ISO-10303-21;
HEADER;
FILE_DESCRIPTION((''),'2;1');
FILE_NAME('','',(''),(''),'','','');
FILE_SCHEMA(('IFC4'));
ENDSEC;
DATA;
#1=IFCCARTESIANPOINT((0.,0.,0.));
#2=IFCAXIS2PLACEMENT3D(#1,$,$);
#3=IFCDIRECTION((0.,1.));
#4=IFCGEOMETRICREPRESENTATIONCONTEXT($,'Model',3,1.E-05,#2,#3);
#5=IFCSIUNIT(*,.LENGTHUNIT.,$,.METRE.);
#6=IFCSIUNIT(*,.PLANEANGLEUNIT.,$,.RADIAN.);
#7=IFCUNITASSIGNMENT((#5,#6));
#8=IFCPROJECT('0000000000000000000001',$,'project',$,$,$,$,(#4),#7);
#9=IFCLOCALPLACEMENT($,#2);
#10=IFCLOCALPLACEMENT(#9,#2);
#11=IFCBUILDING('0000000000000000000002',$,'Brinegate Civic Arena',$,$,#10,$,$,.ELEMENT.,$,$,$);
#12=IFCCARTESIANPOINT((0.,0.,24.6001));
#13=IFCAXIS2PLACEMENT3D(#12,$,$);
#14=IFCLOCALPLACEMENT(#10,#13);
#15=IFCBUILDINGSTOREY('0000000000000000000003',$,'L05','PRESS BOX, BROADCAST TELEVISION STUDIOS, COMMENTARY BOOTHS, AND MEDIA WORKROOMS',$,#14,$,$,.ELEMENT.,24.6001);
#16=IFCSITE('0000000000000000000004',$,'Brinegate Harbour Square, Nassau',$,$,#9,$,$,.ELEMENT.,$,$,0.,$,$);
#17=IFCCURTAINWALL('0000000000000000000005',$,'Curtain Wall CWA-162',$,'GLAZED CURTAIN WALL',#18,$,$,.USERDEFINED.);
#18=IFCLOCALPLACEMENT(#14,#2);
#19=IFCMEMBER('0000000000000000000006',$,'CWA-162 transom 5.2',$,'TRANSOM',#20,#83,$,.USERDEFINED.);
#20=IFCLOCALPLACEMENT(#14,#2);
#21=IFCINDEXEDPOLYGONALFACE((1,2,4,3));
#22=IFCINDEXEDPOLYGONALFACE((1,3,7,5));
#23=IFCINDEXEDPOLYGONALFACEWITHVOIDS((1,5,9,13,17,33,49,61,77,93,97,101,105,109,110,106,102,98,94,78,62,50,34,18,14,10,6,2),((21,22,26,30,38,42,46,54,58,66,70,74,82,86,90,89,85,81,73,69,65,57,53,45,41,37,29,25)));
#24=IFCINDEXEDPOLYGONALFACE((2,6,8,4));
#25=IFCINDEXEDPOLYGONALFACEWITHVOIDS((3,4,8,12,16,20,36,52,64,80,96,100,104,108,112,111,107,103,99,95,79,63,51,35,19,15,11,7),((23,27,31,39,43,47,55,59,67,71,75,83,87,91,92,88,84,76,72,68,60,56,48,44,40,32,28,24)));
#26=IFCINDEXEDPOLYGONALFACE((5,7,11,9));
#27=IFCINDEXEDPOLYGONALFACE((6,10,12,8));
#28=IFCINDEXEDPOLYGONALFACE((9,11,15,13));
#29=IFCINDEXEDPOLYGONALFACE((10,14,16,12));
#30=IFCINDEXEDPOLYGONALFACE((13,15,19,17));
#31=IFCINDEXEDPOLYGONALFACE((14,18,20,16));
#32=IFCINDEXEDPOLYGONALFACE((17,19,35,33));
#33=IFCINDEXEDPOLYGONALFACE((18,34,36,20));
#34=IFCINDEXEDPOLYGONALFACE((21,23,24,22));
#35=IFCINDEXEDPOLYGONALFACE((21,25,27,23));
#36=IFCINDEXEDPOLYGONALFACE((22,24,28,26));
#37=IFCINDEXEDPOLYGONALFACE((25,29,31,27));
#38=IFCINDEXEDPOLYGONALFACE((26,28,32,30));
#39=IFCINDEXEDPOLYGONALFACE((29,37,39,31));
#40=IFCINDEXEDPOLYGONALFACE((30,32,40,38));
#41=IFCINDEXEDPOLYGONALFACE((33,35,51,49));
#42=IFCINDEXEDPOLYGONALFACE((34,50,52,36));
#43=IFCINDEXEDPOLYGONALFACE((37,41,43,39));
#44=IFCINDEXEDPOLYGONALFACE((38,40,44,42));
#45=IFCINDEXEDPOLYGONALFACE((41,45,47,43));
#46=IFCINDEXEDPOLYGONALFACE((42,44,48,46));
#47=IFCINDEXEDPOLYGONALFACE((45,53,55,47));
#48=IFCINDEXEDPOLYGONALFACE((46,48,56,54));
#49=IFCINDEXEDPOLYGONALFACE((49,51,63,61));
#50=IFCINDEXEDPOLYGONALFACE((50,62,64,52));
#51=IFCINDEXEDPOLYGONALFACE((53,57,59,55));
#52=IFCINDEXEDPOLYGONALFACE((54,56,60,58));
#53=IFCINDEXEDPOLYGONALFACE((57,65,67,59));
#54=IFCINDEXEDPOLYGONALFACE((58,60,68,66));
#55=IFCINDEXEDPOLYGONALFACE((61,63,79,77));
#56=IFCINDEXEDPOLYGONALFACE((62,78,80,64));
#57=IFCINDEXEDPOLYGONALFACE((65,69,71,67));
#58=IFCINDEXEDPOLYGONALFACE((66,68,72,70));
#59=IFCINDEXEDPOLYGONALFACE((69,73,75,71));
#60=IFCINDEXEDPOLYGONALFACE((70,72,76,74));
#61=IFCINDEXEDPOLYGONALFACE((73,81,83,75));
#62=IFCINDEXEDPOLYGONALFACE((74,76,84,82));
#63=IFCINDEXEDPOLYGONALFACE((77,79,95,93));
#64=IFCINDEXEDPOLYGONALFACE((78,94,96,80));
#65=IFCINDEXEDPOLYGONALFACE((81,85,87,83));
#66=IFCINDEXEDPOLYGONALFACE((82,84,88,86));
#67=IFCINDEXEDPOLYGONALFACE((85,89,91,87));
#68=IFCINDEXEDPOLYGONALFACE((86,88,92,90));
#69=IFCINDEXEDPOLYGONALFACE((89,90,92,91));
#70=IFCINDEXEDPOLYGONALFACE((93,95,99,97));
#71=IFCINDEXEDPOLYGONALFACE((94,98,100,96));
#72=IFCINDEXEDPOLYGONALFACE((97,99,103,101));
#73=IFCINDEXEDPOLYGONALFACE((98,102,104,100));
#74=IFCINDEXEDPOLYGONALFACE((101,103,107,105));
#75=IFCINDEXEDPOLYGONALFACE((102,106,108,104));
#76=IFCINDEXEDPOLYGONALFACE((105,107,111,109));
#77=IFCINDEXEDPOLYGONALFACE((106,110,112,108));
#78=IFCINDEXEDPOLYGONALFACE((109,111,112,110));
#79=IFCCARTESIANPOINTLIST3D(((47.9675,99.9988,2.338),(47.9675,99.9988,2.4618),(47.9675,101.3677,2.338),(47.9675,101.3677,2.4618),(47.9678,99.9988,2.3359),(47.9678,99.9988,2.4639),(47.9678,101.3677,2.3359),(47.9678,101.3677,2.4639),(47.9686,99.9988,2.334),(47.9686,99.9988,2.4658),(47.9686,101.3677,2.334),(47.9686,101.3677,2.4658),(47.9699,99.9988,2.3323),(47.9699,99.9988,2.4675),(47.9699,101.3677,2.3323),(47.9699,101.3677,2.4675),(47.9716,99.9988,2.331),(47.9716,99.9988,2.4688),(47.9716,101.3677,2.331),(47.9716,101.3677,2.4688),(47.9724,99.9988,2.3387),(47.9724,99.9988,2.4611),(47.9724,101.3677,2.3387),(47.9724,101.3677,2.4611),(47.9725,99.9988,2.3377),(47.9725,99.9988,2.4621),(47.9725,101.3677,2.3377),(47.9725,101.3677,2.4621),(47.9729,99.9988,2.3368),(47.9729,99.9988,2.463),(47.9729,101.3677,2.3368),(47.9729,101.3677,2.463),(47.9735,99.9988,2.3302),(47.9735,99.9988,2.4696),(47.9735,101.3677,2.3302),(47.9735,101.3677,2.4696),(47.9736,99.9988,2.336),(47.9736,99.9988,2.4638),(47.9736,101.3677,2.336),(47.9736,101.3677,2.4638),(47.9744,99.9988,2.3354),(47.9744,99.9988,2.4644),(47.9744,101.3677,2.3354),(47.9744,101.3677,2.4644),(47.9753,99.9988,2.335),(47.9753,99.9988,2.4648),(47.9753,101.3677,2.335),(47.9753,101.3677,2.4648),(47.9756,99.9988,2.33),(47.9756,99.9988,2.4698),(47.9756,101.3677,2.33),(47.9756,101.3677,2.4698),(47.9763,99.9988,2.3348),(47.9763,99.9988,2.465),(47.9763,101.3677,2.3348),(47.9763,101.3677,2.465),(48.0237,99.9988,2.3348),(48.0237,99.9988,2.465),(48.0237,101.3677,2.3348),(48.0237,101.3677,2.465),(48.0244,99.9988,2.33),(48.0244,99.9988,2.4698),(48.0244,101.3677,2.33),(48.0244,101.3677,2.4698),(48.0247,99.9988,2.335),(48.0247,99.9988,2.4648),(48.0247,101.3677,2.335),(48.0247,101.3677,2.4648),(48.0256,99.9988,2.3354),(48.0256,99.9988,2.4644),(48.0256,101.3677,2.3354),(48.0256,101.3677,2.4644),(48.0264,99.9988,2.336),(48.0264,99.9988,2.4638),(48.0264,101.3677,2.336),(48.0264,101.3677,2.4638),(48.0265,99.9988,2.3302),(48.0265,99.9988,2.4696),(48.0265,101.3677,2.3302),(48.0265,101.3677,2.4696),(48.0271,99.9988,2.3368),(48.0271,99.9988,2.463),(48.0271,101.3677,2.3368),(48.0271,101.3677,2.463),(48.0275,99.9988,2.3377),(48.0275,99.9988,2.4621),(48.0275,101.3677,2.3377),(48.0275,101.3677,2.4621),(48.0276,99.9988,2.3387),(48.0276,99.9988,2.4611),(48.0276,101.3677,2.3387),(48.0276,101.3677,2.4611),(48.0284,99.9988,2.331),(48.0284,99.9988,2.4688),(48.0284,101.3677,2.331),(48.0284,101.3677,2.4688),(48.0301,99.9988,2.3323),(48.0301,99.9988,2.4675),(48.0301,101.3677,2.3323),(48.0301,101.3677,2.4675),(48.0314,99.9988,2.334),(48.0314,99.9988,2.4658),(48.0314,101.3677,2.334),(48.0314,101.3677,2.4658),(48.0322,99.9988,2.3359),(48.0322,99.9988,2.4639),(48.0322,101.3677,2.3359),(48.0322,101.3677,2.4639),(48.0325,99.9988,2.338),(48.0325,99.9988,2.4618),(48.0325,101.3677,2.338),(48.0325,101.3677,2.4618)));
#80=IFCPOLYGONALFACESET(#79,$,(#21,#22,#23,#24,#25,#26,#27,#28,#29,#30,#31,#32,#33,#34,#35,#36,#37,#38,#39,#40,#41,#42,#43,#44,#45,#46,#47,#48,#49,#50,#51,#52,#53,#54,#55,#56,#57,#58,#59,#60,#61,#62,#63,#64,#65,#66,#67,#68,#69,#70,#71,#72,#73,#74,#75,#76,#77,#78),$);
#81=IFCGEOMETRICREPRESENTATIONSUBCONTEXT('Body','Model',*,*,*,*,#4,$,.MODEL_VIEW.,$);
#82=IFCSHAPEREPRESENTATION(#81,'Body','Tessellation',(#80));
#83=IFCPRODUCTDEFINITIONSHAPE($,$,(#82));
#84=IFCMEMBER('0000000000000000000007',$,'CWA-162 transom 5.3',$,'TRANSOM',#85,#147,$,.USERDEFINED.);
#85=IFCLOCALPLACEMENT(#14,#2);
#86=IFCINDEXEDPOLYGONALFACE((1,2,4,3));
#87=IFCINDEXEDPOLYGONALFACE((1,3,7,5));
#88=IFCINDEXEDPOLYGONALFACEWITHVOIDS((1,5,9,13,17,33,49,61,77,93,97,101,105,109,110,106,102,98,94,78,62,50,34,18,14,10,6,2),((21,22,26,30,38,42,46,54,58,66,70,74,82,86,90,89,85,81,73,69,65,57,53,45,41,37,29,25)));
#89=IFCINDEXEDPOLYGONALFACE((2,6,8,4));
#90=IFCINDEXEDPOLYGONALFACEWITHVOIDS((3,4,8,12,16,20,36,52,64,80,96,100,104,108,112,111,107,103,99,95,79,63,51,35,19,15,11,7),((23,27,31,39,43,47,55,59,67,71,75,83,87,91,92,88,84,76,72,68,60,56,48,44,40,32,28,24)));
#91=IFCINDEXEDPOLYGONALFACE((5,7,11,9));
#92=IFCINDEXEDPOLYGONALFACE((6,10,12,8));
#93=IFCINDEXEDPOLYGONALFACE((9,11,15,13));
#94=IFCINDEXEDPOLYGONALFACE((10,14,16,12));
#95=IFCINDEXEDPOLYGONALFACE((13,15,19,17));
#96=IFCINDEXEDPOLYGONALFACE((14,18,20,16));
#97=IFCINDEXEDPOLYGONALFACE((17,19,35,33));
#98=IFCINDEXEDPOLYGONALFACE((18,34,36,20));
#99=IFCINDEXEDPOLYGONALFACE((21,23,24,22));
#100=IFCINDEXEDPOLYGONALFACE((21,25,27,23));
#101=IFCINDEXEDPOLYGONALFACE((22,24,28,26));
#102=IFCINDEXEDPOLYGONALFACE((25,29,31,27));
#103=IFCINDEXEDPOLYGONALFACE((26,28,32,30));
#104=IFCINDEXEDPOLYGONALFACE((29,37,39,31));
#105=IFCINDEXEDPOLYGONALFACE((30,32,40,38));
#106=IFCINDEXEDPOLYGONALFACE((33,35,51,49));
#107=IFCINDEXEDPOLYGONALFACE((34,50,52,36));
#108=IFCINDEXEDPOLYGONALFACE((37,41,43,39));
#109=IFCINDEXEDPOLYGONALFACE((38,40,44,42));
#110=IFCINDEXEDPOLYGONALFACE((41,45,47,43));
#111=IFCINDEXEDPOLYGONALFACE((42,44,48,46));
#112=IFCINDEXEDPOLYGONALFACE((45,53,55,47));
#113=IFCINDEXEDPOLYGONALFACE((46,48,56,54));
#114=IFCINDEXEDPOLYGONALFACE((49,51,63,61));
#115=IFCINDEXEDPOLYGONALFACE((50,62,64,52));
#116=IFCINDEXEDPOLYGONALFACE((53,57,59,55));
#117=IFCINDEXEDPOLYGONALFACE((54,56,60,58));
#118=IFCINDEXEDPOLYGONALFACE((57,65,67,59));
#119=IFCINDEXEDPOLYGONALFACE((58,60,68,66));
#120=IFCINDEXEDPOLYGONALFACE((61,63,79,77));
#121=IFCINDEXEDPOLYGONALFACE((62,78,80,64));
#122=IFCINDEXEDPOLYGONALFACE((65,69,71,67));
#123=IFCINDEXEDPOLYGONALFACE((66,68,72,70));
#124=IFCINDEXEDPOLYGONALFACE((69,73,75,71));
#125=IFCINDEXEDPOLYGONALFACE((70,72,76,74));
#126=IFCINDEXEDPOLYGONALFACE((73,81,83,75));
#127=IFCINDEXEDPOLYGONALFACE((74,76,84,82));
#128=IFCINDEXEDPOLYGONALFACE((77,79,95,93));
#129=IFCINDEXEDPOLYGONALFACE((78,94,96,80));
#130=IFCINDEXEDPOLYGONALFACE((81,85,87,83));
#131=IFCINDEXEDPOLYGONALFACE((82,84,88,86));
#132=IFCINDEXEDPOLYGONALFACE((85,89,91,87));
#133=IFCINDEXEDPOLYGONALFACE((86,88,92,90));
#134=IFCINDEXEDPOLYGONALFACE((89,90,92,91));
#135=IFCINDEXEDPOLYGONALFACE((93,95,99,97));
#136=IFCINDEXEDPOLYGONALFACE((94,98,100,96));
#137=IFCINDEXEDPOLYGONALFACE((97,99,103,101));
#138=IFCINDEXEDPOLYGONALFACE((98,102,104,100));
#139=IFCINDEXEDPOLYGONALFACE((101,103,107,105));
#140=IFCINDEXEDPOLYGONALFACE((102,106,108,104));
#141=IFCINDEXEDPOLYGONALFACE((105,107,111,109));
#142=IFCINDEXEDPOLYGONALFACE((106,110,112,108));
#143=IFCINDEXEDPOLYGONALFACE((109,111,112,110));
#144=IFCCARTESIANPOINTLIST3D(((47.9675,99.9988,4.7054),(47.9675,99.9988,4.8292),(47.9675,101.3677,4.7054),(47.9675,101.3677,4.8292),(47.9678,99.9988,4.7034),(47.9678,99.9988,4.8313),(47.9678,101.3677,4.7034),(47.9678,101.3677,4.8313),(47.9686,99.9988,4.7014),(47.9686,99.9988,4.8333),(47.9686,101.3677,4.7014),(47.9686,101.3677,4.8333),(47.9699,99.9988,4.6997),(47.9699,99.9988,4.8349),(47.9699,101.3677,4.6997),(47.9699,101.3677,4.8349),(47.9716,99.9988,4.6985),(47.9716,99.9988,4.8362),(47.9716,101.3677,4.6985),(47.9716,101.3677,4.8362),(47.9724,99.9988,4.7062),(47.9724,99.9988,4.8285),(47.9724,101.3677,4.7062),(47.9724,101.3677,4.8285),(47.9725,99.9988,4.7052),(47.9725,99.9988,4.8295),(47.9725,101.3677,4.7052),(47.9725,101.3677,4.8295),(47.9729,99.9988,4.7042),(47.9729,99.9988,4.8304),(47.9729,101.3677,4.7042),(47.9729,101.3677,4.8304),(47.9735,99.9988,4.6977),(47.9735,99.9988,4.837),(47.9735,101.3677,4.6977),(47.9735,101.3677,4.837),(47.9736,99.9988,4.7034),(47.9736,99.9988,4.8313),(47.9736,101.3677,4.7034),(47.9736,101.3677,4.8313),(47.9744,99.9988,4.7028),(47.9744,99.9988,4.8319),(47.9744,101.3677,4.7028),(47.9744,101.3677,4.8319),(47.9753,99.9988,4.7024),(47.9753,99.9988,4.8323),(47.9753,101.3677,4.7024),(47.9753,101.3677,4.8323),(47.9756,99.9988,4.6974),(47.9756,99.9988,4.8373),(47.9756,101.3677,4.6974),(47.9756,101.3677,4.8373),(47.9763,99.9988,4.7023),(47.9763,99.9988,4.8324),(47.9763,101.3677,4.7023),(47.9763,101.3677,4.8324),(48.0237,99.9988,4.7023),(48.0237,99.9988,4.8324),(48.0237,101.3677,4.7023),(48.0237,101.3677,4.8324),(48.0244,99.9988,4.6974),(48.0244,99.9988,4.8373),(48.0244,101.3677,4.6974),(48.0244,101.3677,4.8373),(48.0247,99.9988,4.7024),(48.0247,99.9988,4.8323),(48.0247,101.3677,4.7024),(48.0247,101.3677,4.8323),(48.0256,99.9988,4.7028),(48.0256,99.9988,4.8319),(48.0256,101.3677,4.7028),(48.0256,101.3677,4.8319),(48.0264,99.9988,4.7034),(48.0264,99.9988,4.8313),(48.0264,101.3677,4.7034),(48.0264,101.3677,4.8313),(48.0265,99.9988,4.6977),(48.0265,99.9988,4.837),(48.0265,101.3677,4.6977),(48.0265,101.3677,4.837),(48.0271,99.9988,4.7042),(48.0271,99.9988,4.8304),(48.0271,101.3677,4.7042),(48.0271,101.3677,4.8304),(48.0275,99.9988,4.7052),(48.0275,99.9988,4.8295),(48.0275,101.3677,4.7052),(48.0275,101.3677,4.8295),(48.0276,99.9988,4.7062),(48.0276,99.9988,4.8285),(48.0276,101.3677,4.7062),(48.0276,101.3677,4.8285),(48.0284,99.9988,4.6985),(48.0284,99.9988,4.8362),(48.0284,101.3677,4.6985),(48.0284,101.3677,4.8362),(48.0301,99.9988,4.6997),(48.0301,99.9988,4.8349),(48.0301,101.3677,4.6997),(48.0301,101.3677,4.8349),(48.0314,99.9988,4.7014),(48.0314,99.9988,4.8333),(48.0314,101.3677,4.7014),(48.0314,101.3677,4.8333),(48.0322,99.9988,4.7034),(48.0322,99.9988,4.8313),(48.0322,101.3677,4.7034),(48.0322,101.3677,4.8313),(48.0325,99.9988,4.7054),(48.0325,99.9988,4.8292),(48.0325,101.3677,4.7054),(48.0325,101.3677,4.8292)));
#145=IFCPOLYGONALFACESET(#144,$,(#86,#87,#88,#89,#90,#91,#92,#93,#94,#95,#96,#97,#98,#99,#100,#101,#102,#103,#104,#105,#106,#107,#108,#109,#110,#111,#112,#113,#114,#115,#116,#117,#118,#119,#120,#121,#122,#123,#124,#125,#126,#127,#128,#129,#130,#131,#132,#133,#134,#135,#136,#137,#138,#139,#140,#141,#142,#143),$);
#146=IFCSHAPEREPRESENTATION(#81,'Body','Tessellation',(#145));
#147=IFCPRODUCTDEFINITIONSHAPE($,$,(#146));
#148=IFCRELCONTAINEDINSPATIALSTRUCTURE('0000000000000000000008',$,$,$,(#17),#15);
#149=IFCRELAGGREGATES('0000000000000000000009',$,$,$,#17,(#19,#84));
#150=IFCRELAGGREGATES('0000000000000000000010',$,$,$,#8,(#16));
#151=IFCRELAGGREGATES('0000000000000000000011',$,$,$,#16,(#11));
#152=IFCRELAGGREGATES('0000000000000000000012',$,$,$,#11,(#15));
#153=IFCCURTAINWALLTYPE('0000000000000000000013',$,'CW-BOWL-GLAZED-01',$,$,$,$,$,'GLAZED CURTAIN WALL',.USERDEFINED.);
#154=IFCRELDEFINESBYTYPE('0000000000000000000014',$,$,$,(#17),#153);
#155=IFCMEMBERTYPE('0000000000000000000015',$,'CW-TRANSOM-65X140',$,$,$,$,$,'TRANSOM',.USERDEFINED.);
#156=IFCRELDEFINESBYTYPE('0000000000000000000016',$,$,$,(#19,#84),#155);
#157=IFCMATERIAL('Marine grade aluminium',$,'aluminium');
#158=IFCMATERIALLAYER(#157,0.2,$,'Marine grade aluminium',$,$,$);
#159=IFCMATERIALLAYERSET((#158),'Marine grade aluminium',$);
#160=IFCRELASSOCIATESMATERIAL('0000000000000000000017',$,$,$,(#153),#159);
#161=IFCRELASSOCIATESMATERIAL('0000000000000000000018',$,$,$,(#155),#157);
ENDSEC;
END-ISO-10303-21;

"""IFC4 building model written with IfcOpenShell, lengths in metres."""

from ifc_helpers import new_model, si_unit, direction, frame, origin, origin_2d, place, context, subcontext, project, spatial, hollow_rectangle, extrude, material, layer, layer_set, material_profile, profile_set, type_object, element, aggregate, save


model = new_model("IFC4")

# Units and contexts
model_context = context("Model", 3, precision=1e-05, world=origin(), true_north=direction((0.0, 1.0)))
body_context = subcontext(model_context, "Body", "Model", "MODEL_VIEW")
ifc_project = project(units=[si_unit("LENGTHUNIT", "METRE"), si_unit("PLANEANGLEUNIT", "RADIAN")], contexts=[model_context])

# Site, building, storey
site_placement = place(None, origin())
site = spatial("IfcSite", under=ifc_project, at=site_placement, Name="Brinegate Harbour Square, Nassau", CompositionType="ELEMENT", RefElevation=0.0)
building_placement = place(site_placement, origin())
building = spatial("IfcBuilding", under=site, at=building_placement, Name="Brinegate Civic Arena", CompositionType="ELEMENT")
storey_placement = place(building_placement, frame((0.0, 0.0, 24.6001)))
storey = spatial("IfcBuildingStorey", under=building, at=storey_placement, Name="L05", Description="PRESS BOX, BROADCAST TELEVISION STUDIOS, COMMENTARY BOOTHS, AND MEDIA WORKROOMS", CompositionType="ELEMENT", Elevation=24.6001)

# Curtain wall, members
ifc_material_1 = material(Name="Marine grade aluminium", Category="aluminium")
ifc_layer_1 = layer(ifc_material_1, 0.2, Name="Marine grade aluminium")
ifc_layer_set_1 = layer_set([ifc_layer_1], Name="Marine grade aluminium")
curtain_wall_type = type_object("IfcCurtainWallType", Name="CW-BOWL-GLAZED-01", ElementType="GLAZED CURTAIN WALL", PredefinedType="USERDEFINED", material=ifc_layer_set_1)
curtain_wall_placement = place(storey_placement, origin())
curtain_wall = element("IfcCurtainWall", 1, at=curtain_wall_placement, inside=storey, type_object=curtain_wall_type, Name="Curtain Wall CWA-162", ObjectType="GLAZED CURTAIN WALL", PredefinedType="USERDEFINED")
ifc_material_profile_1 = material_profile(ifc_material_1, hollow_rectangle(XDim=0.0649, YDim=0.1399, WallThickness=0.0049, InnerFilletRadius=0.0039, OuterFilletRadius=0.0081, at=origin_2d()), Name="TRN65X140")
ifc_profile_set_1 = profile_set([ifc_material_profile_1], Name="Marine grade aluminium")
member_type_1 = type_object("IfcMemberType", Name="CW-TRANSOM-65X140", ElementType="TRANSOM", PredefinedType="USERDEFINED", material=ifc_profile_set_1)
member_1_placement = place(storey_placement, frame((48.0, 99.9988, 2.3999), z_axis=(0.0, 1.0, 0.0), x_axis=(-1.0, 0.0, 0.0)))
member_1 = element("IfcMember", 2, at=member_1_placement, type_object=member_type_1, Name="CWA-162 transom 5.2", ObjectType="TRANSOM", PredefinedType="USERDEFINED", context=body_context, shape_type="SweptSolid", body=[
    extrude(hollow_rectangle(XDim=0.0649, YDim=0.1399, WallThickness=0.0049, InnerFilletRadius=0.0039, OuterFilletRadius=0.0081, at=origin_2d()), origin(), (0.0, 0.0, 1.0), 1.3689),
])
member_2_placement = place(storey_placement, frame((48.0, 99.9988, 4.7673), z_axis=(0.0, 1.0, 0.0), x_axis=(-1.0, 0.0, 0.0)))
member_2 = element("IfcMember", 3, at=member_2_placement, type_object=member_type_1, Name="CWA-162 transom 5.3", ObjectType="TRANSOM", PredefinedType="USERDEFINED", context=body_context, shape_type="SweptSolid", body=[
    extrude(hollow_rectangle(XDim=0.0649, YDim=0.1399, WallThickness=0.0049, InnerFilletRadius=0.0039, OuterFilletRadius=0.0081, at=origin_2d()), origin(), (0.0, 0.0, 1.0), 1.3689),
])

aggregate(curtain_wall, [member_1, member_2])

save(model, "model.ifc")
